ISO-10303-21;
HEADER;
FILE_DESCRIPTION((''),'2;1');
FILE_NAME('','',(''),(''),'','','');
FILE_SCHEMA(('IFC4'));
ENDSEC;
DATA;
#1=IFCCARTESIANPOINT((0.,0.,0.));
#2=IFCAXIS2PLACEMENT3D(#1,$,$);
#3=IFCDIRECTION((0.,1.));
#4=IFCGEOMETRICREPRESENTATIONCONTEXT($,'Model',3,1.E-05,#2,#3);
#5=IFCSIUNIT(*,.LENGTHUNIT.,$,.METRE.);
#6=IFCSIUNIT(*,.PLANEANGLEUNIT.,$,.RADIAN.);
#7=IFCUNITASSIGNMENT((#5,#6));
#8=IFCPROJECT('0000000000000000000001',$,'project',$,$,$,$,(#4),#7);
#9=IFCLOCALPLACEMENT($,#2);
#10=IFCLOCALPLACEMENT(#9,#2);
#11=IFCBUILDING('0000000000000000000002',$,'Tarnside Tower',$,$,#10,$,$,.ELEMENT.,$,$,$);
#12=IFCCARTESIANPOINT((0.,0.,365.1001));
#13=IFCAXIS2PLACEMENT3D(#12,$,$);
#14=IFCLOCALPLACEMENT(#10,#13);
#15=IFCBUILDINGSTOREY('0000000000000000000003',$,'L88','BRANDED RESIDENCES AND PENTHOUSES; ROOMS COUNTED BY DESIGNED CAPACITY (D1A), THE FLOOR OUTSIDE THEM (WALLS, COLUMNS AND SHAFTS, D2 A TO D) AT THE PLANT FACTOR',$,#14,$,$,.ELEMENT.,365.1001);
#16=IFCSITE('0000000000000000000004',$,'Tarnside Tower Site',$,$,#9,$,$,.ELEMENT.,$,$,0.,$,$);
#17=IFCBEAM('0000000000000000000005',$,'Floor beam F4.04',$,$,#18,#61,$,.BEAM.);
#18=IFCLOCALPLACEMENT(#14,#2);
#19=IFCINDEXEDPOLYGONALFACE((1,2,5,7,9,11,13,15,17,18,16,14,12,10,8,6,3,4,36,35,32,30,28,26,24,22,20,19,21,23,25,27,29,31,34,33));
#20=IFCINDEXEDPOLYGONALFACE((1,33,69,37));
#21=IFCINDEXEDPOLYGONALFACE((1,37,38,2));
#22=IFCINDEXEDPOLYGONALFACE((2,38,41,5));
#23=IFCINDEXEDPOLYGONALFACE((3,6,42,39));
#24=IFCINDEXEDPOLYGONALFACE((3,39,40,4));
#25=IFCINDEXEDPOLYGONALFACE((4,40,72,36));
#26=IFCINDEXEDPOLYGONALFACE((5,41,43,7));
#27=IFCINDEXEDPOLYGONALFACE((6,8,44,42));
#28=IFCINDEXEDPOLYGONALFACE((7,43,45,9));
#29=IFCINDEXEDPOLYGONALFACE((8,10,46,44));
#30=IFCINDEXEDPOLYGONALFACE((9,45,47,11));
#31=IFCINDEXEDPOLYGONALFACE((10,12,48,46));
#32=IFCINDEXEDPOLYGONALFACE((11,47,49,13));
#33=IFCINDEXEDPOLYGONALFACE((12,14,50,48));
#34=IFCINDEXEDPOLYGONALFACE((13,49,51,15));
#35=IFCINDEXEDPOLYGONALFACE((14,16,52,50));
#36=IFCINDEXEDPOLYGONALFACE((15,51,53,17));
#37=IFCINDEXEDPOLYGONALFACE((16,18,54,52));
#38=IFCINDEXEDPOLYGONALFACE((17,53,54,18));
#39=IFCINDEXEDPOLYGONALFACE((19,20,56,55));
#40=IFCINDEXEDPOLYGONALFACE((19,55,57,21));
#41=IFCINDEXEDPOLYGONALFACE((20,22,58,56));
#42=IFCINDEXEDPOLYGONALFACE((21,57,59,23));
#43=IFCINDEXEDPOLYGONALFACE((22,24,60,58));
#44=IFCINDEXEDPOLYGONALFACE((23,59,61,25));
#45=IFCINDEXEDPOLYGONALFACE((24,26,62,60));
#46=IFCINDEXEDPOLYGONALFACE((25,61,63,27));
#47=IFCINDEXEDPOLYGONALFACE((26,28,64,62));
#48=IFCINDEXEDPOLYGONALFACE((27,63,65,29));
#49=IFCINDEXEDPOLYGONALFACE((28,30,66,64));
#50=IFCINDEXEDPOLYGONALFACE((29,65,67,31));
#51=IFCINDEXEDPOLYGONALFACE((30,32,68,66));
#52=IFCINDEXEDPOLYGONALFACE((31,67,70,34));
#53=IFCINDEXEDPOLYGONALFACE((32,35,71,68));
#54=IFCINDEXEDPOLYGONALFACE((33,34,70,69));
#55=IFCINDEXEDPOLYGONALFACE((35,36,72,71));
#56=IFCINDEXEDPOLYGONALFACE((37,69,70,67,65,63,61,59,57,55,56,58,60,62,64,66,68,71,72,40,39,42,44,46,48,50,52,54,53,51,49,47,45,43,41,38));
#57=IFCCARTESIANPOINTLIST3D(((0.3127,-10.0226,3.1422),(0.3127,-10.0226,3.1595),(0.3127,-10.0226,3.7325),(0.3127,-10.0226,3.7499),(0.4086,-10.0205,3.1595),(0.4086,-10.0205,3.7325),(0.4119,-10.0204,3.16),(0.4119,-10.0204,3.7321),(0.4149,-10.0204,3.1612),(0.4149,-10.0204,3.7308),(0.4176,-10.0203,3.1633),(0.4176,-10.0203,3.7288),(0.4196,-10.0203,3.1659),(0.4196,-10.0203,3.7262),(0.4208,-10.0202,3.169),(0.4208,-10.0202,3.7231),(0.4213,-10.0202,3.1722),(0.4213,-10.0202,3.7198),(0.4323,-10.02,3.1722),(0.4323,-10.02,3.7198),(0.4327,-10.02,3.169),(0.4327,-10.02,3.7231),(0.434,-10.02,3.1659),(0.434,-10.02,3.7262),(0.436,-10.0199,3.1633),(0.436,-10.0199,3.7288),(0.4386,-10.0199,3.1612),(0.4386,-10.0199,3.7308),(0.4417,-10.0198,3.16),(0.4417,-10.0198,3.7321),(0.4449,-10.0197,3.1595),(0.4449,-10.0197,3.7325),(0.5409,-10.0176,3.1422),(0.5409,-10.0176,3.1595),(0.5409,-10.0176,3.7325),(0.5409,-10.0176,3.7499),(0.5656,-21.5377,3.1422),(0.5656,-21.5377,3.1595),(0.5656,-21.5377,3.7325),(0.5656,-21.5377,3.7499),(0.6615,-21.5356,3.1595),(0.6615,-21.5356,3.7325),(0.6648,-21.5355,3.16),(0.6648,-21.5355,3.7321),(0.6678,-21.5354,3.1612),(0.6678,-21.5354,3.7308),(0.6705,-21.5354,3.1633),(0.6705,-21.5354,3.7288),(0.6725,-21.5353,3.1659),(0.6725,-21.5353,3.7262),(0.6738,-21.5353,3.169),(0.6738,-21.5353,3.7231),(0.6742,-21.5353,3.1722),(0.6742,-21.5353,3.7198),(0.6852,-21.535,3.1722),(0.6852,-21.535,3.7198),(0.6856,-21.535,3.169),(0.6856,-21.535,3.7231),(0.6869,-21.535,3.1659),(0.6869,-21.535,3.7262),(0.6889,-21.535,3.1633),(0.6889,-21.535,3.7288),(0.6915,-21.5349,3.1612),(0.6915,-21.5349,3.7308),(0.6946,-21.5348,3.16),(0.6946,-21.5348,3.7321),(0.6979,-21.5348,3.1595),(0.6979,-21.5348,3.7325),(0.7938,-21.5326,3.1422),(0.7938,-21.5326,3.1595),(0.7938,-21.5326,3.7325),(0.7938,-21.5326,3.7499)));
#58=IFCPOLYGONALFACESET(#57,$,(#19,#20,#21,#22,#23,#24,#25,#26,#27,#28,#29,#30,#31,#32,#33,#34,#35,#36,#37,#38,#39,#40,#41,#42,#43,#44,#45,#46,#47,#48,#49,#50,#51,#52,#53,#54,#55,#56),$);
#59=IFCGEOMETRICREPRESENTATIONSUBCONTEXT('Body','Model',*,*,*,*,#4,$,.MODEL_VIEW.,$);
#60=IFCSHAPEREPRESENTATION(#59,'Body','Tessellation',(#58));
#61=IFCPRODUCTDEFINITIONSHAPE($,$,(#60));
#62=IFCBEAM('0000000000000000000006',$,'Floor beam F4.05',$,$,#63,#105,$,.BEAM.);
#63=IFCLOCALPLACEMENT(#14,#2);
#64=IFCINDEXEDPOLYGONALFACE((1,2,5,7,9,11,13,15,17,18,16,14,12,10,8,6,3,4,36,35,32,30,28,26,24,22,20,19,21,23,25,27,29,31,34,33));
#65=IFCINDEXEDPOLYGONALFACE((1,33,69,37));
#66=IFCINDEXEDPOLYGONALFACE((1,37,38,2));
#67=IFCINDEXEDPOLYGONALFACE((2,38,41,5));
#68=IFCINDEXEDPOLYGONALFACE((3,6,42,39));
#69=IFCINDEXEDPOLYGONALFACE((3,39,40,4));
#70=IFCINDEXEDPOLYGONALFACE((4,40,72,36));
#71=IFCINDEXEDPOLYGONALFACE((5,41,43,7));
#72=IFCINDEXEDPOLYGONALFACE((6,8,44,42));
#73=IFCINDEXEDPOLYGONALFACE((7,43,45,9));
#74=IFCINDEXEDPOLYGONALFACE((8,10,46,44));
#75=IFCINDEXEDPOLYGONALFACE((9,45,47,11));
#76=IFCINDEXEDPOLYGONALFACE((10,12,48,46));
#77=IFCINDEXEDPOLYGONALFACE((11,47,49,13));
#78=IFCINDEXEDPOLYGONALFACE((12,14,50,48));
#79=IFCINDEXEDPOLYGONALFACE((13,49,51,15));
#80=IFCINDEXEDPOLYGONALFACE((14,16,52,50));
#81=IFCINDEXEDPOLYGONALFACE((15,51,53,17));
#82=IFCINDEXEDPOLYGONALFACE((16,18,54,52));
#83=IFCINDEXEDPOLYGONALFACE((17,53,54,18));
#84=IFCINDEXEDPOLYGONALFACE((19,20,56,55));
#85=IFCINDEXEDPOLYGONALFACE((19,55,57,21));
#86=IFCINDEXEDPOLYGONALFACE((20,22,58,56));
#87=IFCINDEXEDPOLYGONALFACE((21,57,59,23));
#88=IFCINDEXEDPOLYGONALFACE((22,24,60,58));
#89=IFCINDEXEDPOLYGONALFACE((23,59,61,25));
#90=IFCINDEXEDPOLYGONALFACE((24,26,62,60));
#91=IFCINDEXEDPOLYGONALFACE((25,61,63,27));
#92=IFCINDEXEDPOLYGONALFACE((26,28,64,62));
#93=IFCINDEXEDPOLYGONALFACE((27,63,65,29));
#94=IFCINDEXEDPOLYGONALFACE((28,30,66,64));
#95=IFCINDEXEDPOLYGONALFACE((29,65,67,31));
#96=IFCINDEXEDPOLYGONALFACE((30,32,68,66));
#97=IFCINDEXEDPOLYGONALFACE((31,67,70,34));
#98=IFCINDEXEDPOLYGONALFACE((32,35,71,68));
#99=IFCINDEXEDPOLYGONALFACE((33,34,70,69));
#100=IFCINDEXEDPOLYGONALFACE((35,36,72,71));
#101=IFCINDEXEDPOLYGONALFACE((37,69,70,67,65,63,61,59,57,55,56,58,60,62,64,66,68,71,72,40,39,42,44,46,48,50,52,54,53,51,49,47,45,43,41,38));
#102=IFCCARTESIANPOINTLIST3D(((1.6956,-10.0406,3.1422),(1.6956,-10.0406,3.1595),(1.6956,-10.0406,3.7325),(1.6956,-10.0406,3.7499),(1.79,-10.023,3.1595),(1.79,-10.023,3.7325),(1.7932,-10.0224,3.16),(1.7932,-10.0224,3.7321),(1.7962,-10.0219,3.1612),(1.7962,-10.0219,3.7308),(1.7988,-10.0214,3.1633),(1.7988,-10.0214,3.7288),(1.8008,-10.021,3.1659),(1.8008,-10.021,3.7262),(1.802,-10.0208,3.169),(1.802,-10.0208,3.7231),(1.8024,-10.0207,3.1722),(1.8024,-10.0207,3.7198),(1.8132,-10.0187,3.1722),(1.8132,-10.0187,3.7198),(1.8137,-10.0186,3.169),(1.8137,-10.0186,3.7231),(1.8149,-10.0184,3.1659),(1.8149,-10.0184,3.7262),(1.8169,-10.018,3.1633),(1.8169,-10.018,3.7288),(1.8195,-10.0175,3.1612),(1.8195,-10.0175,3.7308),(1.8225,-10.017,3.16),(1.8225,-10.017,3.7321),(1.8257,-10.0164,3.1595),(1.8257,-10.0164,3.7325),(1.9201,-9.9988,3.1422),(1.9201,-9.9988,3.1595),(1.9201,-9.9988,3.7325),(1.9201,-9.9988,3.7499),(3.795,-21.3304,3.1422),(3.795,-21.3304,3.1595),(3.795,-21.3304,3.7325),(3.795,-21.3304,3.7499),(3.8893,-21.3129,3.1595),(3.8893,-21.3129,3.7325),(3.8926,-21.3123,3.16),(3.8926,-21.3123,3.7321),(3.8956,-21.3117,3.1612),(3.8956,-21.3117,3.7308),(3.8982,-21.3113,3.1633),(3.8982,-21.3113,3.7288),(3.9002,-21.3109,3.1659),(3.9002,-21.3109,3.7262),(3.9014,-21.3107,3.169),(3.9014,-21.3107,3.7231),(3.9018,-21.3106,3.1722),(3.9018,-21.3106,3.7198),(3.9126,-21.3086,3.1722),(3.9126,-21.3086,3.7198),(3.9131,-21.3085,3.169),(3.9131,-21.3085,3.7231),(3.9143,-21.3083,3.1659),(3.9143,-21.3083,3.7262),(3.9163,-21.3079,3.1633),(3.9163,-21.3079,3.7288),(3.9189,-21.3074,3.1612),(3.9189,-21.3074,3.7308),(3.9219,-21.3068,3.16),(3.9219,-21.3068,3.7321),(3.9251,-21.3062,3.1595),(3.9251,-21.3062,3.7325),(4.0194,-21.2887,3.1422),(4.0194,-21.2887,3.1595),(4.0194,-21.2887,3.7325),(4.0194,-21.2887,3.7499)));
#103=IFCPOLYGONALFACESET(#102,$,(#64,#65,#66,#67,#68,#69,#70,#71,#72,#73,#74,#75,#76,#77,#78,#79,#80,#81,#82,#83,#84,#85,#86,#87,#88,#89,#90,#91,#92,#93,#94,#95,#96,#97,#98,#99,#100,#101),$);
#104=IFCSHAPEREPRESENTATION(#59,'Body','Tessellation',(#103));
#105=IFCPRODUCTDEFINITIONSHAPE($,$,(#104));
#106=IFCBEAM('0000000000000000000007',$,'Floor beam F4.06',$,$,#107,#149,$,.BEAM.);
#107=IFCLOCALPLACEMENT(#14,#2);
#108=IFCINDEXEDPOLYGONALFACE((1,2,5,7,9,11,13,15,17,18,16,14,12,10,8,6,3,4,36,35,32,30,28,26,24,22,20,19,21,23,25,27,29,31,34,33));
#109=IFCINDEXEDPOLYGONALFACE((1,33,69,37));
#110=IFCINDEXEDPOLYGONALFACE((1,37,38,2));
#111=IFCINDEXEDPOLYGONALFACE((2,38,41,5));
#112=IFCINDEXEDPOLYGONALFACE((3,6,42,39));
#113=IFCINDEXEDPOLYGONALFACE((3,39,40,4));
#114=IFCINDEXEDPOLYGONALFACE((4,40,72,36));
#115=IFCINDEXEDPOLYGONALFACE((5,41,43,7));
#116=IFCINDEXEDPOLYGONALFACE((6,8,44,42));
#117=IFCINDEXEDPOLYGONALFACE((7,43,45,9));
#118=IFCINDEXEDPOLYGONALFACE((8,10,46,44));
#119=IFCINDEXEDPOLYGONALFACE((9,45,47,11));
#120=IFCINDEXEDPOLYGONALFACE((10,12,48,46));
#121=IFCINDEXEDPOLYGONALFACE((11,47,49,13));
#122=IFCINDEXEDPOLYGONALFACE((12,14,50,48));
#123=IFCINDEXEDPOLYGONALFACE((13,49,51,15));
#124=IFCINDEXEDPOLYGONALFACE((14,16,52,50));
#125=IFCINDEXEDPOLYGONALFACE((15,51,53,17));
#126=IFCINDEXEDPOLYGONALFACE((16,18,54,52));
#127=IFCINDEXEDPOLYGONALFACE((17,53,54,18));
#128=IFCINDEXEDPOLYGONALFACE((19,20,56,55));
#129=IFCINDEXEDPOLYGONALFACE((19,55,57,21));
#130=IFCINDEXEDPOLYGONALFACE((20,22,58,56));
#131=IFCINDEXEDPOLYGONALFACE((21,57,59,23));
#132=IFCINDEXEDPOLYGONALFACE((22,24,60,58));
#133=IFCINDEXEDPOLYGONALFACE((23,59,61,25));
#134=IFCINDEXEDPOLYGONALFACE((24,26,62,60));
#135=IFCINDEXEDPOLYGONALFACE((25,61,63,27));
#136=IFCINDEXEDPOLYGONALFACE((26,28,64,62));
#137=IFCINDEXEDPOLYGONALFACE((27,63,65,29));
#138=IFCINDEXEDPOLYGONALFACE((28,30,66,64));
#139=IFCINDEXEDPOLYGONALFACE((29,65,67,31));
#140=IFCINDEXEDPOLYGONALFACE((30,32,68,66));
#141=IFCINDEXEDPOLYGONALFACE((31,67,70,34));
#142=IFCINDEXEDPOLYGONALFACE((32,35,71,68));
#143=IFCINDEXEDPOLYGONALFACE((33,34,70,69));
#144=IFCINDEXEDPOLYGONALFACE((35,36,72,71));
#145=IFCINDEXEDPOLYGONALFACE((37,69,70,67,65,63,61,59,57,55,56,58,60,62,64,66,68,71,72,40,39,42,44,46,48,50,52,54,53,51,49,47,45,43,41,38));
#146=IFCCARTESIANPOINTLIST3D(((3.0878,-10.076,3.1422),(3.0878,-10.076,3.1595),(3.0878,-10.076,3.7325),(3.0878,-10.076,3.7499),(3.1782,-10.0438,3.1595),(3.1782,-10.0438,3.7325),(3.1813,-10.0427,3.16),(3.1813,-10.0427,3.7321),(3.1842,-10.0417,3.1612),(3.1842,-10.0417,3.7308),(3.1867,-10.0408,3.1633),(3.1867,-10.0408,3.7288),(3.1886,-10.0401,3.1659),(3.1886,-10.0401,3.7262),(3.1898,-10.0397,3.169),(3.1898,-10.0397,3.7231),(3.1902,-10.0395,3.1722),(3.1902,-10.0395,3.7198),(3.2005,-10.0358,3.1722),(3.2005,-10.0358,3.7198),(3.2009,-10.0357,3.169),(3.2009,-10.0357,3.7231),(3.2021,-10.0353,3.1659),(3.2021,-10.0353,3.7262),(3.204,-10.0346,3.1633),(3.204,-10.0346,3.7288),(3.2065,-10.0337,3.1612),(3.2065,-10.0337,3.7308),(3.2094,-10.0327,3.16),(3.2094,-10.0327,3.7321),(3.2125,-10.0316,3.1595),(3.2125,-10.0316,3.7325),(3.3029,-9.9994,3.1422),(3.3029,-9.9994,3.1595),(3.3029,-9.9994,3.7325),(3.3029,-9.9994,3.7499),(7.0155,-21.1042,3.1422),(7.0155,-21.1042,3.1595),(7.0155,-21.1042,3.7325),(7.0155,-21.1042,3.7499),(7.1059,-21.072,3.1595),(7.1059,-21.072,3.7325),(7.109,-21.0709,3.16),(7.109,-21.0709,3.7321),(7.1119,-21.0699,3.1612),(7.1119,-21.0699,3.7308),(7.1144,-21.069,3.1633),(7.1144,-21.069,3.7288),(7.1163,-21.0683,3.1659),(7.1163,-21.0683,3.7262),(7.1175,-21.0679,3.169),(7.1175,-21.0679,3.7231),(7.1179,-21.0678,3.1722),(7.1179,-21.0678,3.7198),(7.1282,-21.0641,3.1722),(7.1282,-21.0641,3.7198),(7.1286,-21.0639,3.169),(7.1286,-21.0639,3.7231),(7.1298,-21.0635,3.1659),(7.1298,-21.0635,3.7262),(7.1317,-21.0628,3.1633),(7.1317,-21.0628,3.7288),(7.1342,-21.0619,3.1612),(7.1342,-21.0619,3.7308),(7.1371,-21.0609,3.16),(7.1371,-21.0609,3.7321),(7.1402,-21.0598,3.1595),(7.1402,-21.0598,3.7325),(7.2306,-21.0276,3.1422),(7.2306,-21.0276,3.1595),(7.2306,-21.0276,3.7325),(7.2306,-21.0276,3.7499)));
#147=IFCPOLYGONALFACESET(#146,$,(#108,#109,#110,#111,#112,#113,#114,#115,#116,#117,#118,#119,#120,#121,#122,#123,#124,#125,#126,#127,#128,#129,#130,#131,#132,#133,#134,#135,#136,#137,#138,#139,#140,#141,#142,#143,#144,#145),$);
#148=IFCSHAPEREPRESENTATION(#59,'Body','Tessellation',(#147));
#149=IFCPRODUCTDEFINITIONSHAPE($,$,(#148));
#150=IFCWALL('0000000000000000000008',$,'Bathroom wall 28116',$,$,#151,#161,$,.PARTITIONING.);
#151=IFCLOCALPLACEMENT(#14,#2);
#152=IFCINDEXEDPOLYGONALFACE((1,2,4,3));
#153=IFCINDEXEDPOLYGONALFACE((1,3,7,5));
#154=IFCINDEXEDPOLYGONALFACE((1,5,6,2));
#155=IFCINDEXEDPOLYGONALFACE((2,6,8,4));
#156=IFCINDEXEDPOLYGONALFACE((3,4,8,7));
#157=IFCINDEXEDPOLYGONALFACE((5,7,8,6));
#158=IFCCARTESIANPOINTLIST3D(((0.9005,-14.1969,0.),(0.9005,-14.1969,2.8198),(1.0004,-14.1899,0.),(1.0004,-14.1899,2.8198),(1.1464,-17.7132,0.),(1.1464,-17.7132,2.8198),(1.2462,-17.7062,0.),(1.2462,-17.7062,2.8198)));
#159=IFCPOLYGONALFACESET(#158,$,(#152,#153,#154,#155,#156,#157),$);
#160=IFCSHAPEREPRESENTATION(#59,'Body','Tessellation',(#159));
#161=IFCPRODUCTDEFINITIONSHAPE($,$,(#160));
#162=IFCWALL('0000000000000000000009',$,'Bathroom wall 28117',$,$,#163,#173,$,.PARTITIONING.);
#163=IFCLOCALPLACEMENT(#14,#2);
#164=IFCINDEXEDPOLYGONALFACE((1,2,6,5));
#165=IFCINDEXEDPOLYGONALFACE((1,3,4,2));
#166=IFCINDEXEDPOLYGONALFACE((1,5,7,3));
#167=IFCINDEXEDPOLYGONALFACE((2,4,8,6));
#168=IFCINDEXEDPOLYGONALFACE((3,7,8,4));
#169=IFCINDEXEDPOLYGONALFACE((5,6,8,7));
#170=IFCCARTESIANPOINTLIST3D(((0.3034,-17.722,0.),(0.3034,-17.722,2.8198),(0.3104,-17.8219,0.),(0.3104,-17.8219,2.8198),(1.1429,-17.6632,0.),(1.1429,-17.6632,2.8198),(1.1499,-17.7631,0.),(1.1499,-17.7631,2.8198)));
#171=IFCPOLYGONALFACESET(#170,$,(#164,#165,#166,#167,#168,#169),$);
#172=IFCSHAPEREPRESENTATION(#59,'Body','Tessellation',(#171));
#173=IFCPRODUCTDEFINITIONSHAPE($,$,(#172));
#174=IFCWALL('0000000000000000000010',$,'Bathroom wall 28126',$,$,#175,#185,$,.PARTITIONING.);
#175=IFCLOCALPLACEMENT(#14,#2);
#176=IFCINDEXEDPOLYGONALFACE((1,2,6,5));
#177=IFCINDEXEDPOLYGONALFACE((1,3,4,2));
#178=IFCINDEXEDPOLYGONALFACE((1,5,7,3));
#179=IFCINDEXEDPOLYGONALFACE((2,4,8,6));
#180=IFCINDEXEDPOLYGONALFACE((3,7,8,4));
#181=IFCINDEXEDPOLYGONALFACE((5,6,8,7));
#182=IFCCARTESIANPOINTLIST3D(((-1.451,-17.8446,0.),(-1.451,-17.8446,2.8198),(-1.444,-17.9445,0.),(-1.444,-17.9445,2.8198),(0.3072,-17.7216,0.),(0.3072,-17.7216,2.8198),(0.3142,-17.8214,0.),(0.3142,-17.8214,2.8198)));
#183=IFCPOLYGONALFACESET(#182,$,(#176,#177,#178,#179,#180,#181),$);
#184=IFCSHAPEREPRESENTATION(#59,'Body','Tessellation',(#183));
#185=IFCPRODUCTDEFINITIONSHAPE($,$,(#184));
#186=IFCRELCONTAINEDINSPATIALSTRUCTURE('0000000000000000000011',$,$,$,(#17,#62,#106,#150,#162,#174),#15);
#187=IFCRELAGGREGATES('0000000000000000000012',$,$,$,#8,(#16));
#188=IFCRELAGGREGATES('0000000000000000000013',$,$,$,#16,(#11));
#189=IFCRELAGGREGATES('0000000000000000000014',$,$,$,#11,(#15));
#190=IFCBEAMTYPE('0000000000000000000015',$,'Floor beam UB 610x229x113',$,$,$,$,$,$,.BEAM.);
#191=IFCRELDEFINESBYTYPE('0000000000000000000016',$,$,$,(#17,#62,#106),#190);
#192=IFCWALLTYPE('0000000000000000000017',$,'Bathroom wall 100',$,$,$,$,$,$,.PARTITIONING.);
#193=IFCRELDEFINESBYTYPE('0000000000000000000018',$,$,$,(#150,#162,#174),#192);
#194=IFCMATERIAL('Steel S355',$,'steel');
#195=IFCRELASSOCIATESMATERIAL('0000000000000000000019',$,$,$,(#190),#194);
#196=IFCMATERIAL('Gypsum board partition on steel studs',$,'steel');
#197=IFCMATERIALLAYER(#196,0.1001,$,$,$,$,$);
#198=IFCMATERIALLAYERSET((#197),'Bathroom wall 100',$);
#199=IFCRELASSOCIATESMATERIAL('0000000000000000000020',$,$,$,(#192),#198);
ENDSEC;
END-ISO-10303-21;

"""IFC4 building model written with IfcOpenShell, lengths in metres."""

from ifc_helpers import new_model, si_unit, direction, frame, frame_2d, origin, origin_2d, place, context, subcontext, project, spatial, rectangle, i_section, extrude, material, layer, layer_set, material_profile, profile_set, type_object, element, save


model = new_model("IFC4")

# Units and contexts
model_context = context("Model", 3, precision=1e-05, world=origin(), true_north=direction((0.0, 1.0)))
body_context = subcontext(model_context, "Body", "Model", "MODEL_VIEW")
ifc_project = project(units=[si_unit("LENGTHUNIT", "METRE"), si_unit("PLANEANGLEUNIT", "RADIAN")], contexts=[model_context])

# Site, building, storey
site_placement = place(None, origin())
site = spatial("IfcSite", under=ifc_project, at=site_placement, Name="Tarnside Tower Site", CompositionType="ELEMENT", RefElevation=0.0)
building_placement = place(site_placement, origin())
building = spatial("IfcBuilding", under=site, at=building_placement, Name="Tarnside Tower", CompositionType="ELEMENT")
storey_placement = place(building_placement, frame((0.0, 0.0, 365.1001)))
storey = spatial("IfcBuildingStorey", under=building, at=storey_placement, Name="L88", Description="BRANDED RESIDENCES AND PENTHOUSES; ROOMS COUNTED BY DESIGNED CAPACITY (D1A), THE FLOOR OUTSIDE THEM (WALLS, COLUMNS AND SHAFTS, D2 A TO D) AT THE PLANT FACTOR", CompositionType="ELEMENT", Elevation=365.1001)

# Beams
ifc_material_1 = material(Name="Steel S355", Category="steel")
ifc_material_profile = material_profile(ifc_material_1, i_section(OverallWidth=0.2283, OverallDepth=0.6077, WebThickness=0.011, FlangeThickness=0.0173, FilletRadius=0.0127, at=origin_2d()), Name="UB 610x229x113")
ifc_profile_set = profile_set([ifc_material_profile], Name="Steel S355")
beam_type = type_object("IfcBeamType", Name="Floor beam UB 610x229x113", PredefinedType="BEAM", material=ifc_profile_set)
beam_1_placement = place(storey_placement, frame((0.6797, -21.5352, 3.446), z_axis=(-0.02196, 0.999759, 0.0), x_axis=(-0.999759, -0.02196, 0.0)))
element("IfcBeam", 1, at=beam_1_placement, inside=storey, type_object=beam_type, Name="Floor beam F4.04", PredefinedType="BEAM", context=body_context, shape_type="SweptSolid", body=[
    extrude(i_section(OverallWidth=0.2283, OverallDepth=0.6077, WebThickness=0.011, FlangeThickness=0.0173, FilletRadius=0.0127, at=origin_2d()), origin(), (0.0, 0.0, 1.0), 11.5178),
])
beam_2_placement = place(storey_placement, frame((3.9072, -21.3096, 3.446), z_axis=(-0.182819, 0.983147, 0.0), x_axis=(-0.983147, -0.182819, 0.0)))
element("IfcBeam", 2, at=beam_2_placement, inside=storey, type_object=beam_type, Name="Floor beam F4.05", PredefinedType="BEAM", context=body_context, shape_type="SweptSolid", body=[
    extrude(i_section(OverallWidth=0.2283, OverallDepth=0.6077, WebThickness=0.011, FlangeThickness=0.0173, FilletRadius=0.0127, at=origin_2d()), origin(), (0.0, 0.0, 1.0), 11.4834),
])
beam_3_placement = place(storey_placement, frame((7.123, -21.0659, 3.446), z_axis=(-0.335507, 0.942038, 0.0), x_axis=(-0.942038, -0.335507, 0.0)))
element("IfcBeam", 3, at=beam_3_placement, inside=storey, type_object=beam_type, Name="Floor beam F4.06", PredefinedType="BEAM", context=body_context, shape_type="SweptSolid", body=[
    extrude(i_section(OverallWidth=0.2283, OverallDepth=0.6077, WebThickness=0.011, FlangeThickness=0.0173, FilletRadius=0.0127, at=origin_2d()), origin(), (0.0, 0.0, 1.0), 11.7068),
])

# Walls
ifc_material_2 = material(Name="Gypsum board partition on steel studs", Category="steel")
ifc_layer_1 = layer(ifc_material_2, 0.1001)
ifc_layer_set_1 = layer_set([ifc_layer_1], Name="Bathroom wall 100")
wall_type_1 = type_object("IfcWallType", Name="Bathroom wall 100", PredefinedType="PARTITIONING", material=ifc_layer_set_1)
wall_1_placement = place(storey_placement, frame((0.9504, -14.1934, 0.0), z_axis=(0.0, 0.0, 1.0), x_axis=(0.069746, -0.997565, 0.0)))
element("IfcWall", 4, at=wall_1_placement, inside=storey, type_object=wall_type_1, Name="Bathroom wall 28116", PredefinedType="PARTITIONING", context=body_context, shape_type="SweptSolid", body=[
    extrude(rectangle(XDim=3.5249, YDim=0.1001, at=frame_2d((1.7625, 0.0))), origin(), (0.0, 0.0, 1.0), 2.8198),
])
wall_2_placement = place(storey_placement, frame((1.1465, -17.7131, 0.0), z_axis=(0.0, 0.0, 1.0), x_axis=(-0.997554, -0.069907, 0.0)))
element("IfcWall", 5, at=wall_2_placement, inside=storey, type_object=wall_type_1, Name="Bathroom wall 28117", PredefinedType="PARTITIONING", context=body_context, shape_type="SweptSolid", body=[
    extrude(rectangle(XDim=0.8416, YDim=0.1001, at=frame_2d((0.4209, 0.0))), origin(), (0.0, 0.0, 1.0), 2.8198),
])
wall_3_placement = place(storey_placement, frame((0.3108, -17.7715, 0.0), z_axis=(0.0, 0.0, 1.0), x_axis=(-0.99756, -0.069819, 0.0)))
element("IfcWall", 6, at=wall_3_placement, inside=storey, type_object=wall_type_1, Name="Bathroom wall 28126", PredefinedType="PARTITIONING", context=body_context, shape_type="SweptSolid", body=[
    extrude(rectangle(XDim=1.7625, YDim=0.1001, at=frame_2d((0.8813, 0.0))), origin(), (0.0, 0.0, 1.0), 2.8198),
])

save(model, "model.ifc")
